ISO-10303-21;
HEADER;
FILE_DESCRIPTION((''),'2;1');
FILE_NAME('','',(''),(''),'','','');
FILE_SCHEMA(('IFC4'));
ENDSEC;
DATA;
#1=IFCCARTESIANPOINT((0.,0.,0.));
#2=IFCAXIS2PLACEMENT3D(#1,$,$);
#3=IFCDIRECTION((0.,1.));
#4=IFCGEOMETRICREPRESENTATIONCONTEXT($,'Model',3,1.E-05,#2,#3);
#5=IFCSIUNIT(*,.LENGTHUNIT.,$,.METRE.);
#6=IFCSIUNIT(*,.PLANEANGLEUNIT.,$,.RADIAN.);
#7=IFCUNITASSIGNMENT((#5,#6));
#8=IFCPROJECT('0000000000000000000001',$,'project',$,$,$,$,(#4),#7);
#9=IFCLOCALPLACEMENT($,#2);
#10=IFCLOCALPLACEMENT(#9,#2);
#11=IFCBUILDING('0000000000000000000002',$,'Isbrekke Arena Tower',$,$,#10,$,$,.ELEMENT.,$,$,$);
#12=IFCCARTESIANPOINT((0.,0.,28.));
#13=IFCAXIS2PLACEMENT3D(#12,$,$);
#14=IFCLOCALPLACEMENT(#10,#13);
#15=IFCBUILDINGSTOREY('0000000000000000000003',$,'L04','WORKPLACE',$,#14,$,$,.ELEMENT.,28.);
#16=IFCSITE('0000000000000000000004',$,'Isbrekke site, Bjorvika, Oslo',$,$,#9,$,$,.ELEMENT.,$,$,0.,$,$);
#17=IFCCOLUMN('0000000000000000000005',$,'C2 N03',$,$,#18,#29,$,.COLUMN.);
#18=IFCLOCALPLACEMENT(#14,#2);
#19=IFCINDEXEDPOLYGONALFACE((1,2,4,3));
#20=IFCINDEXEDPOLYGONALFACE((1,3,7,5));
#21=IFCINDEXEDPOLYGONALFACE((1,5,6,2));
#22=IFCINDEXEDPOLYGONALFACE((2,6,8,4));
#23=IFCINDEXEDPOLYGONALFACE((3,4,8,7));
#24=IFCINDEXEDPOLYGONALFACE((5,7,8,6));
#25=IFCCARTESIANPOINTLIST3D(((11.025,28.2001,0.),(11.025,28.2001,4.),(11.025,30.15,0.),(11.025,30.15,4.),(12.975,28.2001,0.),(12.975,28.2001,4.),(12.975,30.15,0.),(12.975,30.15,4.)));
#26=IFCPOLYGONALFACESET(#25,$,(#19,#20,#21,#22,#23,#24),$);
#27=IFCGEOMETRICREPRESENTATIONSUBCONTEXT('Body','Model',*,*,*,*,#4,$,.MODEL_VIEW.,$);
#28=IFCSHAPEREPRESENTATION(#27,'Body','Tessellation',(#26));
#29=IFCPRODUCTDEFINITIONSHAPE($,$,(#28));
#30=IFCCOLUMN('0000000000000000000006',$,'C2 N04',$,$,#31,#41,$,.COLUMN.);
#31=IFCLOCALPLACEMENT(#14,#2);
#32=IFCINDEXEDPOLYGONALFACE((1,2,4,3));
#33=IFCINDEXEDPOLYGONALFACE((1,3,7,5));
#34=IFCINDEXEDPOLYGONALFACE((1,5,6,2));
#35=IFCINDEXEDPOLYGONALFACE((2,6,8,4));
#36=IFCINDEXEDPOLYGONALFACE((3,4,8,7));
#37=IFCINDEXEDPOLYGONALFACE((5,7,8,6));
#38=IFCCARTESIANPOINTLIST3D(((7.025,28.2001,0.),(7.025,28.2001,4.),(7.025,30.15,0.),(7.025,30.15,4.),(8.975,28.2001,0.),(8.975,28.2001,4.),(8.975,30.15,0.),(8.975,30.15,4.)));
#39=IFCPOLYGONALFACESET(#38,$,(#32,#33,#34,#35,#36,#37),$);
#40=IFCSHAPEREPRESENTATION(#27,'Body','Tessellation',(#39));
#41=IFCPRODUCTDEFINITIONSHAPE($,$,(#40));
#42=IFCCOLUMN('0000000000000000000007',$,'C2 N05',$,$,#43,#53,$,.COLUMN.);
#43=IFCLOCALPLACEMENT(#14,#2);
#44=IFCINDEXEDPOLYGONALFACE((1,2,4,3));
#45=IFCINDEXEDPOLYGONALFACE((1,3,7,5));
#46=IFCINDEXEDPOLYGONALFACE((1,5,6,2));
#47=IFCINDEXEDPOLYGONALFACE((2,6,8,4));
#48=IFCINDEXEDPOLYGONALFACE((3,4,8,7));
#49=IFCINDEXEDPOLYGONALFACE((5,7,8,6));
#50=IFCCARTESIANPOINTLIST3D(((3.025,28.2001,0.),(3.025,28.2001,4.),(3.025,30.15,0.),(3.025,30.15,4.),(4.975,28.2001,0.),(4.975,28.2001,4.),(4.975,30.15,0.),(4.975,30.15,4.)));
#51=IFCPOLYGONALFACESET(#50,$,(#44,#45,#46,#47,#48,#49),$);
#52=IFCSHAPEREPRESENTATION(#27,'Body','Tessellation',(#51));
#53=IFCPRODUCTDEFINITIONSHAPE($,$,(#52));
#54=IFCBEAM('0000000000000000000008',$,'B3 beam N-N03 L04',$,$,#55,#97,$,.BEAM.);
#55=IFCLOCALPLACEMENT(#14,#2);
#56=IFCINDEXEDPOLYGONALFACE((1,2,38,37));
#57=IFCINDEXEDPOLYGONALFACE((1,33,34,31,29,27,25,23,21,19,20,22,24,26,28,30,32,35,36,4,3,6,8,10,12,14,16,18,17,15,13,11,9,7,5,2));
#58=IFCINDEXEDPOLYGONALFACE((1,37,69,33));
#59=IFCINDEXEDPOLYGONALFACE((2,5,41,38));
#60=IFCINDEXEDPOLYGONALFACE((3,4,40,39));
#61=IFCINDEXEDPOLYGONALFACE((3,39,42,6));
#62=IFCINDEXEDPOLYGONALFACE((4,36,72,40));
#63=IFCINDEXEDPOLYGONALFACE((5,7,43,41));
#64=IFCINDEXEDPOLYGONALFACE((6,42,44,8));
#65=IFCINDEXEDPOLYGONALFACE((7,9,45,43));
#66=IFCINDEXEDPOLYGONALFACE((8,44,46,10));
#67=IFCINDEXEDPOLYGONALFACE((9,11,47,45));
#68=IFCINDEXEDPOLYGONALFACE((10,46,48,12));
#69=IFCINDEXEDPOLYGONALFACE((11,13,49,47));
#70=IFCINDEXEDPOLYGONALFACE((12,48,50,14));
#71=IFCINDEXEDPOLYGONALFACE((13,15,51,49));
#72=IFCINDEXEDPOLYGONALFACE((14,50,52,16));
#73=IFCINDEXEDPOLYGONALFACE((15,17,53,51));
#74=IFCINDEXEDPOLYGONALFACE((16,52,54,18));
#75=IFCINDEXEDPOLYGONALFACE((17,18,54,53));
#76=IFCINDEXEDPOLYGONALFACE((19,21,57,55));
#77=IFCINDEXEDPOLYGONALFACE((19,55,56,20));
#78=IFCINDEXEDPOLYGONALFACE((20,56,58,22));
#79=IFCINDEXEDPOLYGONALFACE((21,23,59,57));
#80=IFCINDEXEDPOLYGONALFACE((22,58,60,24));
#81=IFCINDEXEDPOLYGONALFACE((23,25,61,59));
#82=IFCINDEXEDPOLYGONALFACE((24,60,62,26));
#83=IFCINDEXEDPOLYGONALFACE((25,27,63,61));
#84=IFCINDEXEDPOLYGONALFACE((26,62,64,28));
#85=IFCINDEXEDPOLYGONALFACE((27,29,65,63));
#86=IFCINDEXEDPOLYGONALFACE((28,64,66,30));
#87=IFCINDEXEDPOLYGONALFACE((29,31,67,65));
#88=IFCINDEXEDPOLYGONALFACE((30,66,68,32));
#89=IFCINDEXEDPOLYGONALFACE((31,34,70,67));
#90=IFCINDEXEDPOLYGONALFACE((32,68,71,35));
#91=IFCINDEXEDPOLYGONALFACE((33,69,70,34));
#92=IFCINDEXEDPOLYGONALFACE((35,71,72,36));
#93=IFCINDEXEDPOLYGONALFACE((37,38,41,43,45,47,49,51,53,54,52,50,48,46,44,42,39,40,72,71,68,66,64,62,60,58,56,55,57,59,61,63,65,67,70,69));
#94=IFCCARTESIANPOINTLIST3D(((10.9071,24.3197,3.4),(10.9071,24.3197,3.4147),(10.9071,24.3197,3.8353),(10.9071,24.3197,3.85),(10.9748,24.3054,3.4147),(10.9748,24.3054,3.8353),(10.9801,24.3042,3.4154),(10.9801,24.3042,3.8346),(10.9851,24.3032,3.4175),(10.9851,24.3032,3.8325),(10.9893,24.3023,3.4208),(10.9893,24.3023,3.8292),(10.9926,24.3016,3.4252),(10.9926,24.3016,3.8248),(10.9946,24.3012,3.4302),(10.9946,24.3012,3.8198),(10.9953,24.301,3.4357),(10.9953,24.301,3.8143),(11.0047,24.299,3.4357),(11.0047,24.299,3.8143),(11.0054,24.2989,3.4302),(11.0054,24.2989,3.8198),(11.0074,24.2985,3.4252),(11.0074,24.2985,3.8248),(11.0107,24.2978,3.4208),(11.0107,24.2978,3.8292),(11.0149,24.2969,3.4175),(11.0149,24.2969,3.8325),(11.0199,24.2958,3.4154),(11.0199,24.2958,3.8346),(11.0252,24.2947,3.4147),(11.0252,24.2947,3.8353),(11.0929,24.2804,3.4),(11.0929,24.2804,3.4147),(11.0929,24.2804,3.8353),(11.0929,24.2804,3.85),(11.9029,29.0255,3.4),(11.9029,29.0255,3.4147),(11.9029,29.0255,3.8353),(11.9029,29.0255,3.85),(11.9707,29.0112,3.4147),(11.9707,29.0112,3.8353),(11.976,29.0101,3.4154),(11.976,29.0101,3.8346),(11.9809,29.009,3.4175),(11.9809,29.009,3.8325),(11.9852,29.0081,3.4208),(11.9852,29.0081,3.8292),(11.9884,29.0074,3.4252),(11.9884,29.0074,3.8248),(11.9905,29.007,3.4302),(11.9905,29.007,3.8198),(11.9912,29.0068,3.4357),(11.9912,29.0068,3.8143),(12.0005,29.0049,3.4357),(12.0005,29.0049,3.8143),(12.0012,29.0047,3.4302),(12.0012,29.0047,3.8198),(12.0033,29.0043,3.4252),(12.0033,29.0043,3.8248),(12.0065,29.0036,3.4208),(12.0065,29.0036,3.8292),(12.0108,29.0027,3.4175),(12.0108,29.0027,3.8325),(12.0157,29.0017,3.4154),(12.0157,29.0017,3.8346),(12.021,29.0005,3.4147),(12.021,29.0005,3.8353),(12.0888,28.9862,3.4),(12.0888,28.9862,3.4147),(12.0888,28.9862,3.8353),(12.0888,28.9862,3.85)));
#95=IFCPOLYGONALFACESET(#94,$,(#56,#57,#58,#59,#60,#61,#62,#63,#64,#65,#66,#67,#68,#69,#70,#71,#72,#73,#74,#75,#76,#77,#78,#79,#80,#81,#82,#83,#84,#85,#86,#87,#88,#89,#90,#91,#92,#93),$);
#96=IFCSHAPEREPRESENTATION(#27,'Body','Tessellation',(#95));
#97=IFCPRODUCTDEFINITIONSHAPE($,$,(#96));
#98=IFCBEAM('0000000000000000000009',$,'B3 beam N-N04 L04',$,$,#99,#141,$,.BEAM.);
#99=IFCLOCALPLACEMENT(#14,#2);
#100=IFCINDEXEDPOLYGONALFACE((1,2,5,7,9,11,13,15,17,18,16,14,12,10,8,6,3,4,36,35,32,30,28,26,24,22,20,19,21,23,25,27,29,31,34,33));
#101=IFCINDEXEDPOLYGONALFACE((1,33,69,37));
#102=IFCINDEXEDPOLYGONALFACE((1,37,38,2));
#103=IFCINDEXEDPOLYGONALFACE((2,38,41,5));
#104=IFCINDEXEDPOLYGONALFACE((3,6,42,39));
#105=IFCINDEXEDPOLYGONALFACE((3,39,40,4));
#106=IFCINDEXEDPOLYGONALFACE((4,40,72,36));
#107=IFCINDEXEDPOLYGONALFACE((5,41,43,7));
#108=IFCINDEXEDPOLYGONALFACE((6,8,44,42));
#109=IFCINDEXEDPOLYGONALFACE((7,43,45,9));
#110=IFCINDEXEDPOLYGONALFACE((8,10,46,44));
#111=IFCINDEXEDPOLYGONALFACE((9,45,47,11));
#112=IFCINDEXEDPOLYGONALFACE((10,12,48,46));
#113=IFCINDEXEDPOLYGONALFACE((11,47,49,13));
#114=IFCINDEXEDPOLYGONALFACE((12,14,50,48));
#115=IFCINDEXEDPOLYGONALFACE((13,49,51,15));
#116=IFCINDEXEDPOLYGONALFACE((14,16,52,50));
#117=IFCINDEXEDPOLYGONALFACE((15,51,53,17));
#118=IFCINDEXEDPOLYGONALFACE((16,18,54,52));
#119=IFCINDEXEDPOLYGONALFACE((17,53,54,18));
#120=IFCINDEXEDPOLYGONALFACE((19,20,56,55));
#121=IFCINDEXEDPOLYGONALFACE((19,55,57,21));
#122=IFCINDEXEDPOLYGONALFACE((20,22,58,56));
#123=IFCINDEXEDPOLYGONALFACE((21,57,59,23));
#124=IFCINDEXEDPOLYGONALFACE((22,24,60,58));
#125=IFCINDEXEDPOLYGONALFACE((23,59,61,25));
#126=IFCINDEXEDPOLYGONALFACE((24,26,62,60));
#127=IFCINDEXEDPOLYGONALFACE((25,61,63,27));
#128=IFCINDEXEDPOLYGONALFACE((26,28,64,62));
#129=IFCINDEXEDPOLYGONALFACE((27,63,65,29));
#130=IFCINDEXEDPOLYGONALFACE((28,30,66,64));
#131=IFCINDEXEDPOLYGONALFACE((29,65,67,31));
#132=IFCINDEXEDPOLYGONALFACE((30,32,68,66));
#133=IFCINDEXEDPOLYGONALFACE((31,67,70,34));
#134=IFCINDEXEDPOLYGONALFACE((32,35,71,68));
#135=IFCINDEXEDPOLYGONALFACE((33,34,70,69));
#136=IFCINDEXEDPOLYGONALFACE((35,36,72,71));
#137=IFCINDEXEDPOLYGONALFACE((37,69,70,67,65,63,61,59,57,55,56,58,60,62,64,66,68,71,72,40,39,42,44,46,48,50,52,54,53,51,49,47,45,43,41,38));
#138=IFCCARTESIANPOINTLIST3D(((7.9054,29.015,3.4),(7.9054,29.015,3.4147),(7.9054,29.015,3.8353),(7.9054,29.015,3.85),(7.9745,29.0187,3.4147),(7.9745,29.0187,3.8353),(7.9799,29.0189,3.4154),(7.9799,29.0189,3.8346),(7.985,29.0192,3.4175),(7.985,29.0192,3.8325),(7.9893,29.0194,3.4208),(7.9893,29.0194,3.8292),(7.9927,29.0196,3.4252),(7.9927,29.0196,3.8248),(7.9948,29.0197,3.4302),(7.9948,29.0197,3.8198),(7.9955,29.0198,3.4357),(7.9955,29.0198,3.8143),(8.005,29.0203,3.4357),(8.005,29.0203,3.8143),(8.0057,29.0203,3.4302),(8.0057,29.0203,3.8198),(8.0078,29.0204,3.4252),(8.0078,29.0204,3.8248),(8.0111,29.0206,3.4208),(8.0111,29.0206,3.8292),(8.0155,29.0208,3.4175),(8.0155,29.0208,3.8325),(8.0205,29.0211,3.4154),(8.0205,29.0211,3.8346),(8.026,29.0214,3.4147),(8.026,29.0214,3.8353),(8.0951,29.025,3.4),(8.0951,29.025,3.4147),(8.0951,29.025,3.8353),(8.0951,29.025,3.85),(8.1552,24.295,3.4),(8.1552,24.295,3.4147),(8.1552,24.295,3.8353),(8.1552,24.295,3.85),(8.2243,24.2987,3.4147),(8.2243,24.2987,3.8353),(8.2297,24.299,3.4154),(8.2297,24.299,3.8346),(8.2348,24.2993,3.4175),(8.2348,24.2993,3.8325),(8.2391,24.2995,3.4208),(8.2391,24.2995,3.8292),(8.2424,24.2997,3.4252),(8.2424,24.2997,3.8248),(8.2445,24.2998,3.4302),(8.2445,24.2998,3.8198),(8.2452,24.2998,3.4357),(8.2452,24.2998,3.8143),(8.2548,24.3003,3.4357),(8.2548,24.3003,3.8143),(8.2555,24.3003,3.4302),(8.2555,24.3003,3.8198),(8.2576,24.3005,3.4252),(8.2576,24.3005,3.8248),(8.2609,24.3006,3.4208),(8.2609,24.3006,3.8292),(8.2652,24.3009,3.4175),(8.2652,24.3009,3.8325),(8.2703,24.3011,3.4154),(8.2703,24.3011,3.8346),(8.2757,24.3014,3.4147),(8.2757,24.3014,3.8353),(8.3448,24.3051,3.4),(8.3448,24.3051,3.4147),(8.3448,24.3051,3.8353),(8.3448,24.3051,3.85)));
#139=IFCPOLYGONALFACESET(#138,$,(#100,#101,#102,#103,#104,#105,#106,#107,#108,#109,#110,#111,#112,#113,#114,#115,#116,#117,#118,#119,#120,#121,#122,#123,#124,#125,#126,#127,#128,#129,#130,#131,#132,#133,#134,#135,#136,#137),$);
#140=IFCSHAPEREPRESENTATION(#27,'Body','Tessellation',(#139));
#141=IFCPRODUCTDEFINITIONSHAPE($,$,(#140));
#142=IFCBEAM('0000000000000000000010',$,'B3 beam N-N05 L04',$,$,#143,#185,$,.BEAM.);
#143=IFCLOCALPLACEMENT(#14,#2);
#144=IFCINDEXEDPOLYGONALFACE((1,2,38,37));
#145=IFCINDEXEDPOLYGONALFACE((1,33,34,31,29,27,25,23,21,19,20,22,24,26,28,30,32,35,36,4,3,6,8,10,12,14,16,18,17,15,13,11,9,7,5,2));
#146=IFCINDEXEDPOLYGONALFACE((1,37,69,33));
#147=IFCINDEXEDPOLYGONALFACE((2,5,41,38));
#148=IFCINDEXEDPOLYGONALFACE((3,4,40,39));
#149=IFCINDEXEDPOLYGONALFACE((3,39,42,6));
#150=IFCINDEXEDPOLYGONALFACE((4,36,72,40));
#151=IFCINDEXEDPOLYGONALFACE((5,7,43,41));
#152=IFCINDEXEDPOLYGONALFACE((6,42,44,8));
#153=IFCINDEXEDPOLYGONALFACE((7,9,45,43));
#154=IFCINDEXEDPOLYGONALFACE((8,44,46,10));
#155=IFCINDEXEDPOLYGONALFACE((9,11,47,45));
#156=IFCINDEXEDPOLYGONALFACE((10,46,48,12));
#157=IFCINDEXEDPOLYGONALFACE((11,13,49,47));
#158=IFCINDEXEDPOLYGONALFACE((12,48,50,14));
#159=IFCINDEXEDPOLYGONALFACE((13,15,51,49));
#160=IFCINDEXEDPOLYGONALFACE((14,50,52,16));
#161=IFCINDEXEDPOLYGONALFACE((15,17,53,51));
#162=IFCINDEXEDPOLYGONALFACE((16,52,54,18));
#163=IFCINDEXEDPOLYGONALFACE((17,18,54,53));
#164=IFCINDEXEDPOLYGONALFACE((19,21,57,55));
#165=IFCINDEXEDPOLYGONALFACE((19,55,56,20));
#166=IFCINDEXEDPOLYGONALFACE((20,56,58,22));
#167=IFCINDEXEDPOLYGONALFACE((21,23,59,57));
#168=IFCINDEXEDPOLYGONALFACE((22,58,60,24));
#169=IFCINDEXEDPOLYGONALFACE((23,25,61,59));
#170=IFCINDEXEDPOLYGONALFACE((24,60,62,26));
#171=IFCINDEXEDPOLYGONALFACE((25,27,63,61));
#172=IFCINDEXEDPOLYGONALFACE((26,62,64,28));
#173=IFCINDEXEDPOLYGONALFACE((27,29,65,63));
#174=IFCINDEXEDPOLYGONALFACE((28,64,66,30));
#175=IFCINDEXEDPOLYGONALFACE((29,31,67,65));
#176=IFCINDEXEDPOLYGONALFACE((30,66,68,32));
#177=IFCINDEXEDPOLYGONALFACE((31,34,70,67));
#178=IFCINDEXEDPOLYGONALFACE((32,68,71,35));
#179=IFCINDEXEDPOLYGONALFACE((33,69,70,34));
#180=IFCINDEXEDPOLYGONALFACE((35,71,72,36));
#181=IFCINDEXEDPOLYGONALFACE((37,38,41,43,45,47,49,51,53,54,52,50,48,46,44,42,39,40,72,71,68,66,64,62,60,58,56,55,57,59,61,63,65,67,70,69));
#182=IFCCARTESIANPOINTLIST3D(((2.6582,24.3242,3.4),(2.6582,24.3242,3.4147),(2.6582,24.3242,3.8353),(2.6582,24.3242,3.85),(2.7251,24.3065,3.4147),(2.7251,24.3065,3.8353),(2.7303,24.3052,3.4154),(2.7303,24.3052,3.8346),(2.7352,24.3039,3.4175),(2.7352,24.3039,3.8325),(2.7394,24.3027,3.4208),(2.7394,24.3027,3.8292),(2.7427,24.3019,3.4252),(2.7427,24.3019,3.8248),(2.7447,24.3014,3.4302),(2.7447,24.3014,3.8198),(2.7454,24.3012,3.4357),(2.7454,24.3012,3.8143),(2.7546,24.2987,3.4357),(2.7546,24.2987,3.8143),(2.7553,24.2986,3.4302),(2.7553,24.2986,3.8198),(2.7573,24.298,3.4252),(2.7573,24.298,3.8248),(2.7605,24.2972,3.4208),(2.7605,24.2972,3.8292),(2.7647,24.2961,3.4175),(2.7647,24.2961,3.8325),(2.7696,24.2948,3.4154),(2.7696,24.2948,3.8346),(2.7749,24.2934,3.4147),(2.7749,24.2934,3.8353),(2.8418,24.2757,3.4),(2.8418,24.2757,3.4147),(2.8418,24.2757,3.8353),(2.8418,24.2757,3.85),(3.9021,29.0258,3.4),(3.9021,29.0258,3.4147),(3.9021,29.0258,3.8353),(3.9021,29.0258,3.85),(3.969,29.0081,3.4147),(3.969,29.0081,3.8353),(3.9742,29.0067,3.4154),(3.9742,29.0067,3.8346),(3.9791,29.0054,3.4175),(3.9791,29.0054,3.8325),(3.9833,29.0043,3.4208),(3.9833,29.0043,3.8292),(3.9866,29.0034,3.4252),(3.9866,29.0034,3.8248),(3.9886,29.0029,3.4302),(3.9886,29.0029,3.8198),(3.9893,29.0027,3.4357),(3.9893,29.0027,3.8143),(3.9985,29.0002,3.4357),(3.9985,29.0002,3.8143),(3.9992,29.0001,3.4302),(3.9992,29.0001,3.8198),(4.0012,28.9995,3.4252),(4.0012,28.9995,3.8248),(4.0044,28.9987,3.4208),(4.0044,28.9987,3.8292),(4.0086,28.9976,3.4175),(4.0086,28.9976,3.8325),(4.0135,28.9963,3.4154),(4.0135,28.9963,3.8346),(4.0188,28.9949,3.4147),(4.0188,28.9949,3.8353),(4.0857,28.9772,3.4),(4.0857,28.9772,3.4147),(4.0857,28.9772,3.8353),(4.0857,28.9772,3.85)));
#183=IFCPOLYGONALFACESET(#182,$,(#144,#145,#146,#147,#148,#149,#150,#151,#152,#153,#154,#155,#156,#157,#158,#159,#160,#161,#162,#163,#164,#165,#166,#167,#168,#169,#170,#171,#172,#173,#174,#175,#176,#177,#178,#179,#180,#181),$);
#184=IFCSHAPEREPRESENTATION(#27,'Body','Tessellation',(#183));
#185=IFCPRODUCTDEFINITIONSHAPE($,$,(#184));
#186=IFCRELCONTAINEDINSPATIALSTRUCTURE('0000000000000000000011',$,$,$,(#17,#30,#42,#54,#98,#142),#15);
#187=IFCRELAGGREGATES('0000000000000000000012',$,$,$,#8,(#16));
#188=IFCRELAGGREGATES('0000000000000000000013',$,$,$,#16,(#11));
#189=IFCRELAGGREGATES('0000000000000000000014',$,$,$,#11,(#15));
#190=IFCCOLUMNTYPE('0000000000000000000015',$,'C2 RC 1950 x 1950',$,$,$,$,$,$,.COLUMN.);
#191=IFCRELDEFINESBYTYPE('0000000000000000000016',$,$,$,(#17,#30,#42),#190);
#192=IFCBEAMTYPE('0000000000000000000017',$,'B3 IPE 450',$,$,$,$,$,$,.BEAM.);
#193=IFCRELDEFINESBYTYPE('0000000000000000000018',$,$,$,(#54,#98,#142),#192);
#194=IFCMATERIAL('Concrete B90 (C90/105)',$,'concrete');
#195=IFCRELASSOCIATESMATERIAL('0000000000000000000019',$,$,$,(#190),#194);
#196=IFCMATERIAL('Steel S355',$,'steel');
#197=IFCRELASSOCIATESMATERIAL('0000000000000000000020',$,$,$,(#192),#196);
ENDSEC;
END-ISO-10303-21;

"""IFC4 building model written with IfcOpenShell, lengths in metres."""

from ifc_helpers import new_model, si_unit, direction, frame, origin, origin_2d, place, context, subcontext, project, spatial, rectangle, i_section, extrude, material, material_profile, profile_set, type_object, element, save


model = new_model("IFC4")

# Units and contexts
model_context = context("Model", 3, precision=1e-05, world=origin(), true_north=direction((0.0, 1.0)))
body_context = subcontext(model_context, "Body", "Model", "MODEL_VIEW")
ifc_project = project(units=[si_unit("LENGTHUNIT", "METRE"), si_unit("PLANEANGLEUNIT", "RADIAN")], contexts=[model_context])

# Site, building, storey
site_placement = place(None, origin())
site = spatial("IfcSite", under=ifc_project, at=site_placement, Name="Isbrekke site, Bjorvika, Oslo", CompositionType="ELEMENT", RefElevation=0.0)
building_placement = place(site_placement, origin())
building = spatial("IfcBuilding", under=site, at=building_placement, Name="Isbrekke Arena Tower", CompositionType="ELEMENT")
storey_placement = place(building_placement, frame((0.0, 0.0, 28.0)))
storey = spatial("IfcBuildingStorey", under=building, at=storey_placement, Name="L04", Description="WORKPLACE", CompositionType="ELEMENT", Elevation=28.0)

# Columns
ifc_material_1 = material(Name="Concrete B90 (C90/105)", Category="concrete")
ifc_material_profile_1 = material_profile(ifc_material_1, rectangle(XDim=1.95, YDim=1.95, at=origin_2d()), Name="RC 1950x1950")
ifc_profile_set_1 = profile_set([ifc_material_profile_1], Name="Concrete B90 (C90/105)")
column_type = type_object("IfcColumnType", Name="C2 RC 1950 x 1950", PredefinedType="COLUMN", material=ifc_profile_set_1)
for number, where, z_axis, x_axis, name in (
    (1, (12.0, 29.175, 0.0), (0.0, 0.0, 1.0), (-1.0, 0.0, 0.0), "C2 N03"),
    (2, (8.0, 29.175, 0.0), (0.0, 0.0, 1.0), (-1.0, 0.0, 0.0), "C2 N04"),
    (3, (4.0, 29.175, 0.0), (0.0, 0.0, 1.0), (-1.0, 0.0, 0.0), "C2 N05"),
):
    element("IfcColumn", number, at=place(storey_placement, frame(where, z_axis=z_axis, x_axis=x_axis)), inside=storey, type_object=column_type, Name=name, PredefinedType="COLUMN", context=body_context, shape_type="SweptSolid", body=[
        extrude(rectangle(XDim=1.95, YDim=1.95, at=origin_2d()), origin(), (0.0, 0.0, 1.0), 4.0),
    ])

# Beams
ifc_material_2 = material(Name="Steel S355", Category="steel")
ifc_material_profile_2 = material_profile(ifc_material_2, i_section(OverallWidth=0.1899, OverallDepth=0.45, WebThickness=0.0095, FlangeThickness=0.0146, FilletRadius=0.021, at=origin_2d()), Name="IPE 450")
ifc_profile_set_2 = profile_set([ifc_material_profile_2], Name="Steel S355")
beam_type_1 = type_object("IfcBeamType", Name="B3 IPE 450", PredefinedType="BEAM", material=ifc_profile_set_2)
beam_1_placement = place(storey_placement, frame((11.9958, 29.0059, 3.625), z_axis=(-0.207036, -0.978333, 0.0), x_axis=(0.978333, -0.207036, 0.0)))
element("IfcBeam", 4, at=beam_1_placement, inside=storey, type_object=beam_type_1, Name="B3 beam N-N03 L04", PredefinedType="BEAM", context=body_context, shape_type="SweptSolid", body=[
    extrude(i_section(OverallWidth=0.1899, OverallDepth=0.45, WebThickness=0.0095, FlangeThickness=0.0146, FilletRadius=0.021, at=origin_2d()), origin(), (0.0, 0.0, 1.0), 4.8101),
])
beam_2_placement = place(storey_placement, frame((8.0002, 29.02, 3.625), z_axis=(0.052841, -0.998603, 0.0), x_axis=(0.998603, 0.052841, 0.0)))
element("IfcBeam", 5, at=beam_2_placement, inside=storey, type_object=beam_type_1, Name="B3 beam N-N04 L04", PredefinedType="BEAM", context=body_context, shape_type="SweptSolid", body=[
    extrude(i_section(OverallWidth=0.1899, OverallDepth=0.45, WebThickness=0.0095, FlangeThickness=0.0146, FilletRadius=0.021, at=origin_2d()), origin(), (0.0, 0.0, 1.0), 4.7266),
])
beam_3_placement = place(storey_placement, frame((3.9939, 29.0015, 3.625), z_axis=(-0.255778, -0.966736, 0.0), x_axis=(0.966736, -0.255778, 0.0)))
element("IfcBeam", 6, at=beam_3_placement, inside=storey, type_object=beam_type_1, Name="B3 beam N-N05 L04", PredefinedType="BEAM", context=body_context, shape_type="SweptSolid", body=[
    extrude(i_section(OverallWidth=0.1899, OverallDepth=0.45, WebThickness=0.0095, FlangeThickness=0.0146, FilletRadius=0.021, at=origin_2d()), origin(), (0.0, 0.0, 1.0), 4.8633),
])

save(model, "model.ifc")
